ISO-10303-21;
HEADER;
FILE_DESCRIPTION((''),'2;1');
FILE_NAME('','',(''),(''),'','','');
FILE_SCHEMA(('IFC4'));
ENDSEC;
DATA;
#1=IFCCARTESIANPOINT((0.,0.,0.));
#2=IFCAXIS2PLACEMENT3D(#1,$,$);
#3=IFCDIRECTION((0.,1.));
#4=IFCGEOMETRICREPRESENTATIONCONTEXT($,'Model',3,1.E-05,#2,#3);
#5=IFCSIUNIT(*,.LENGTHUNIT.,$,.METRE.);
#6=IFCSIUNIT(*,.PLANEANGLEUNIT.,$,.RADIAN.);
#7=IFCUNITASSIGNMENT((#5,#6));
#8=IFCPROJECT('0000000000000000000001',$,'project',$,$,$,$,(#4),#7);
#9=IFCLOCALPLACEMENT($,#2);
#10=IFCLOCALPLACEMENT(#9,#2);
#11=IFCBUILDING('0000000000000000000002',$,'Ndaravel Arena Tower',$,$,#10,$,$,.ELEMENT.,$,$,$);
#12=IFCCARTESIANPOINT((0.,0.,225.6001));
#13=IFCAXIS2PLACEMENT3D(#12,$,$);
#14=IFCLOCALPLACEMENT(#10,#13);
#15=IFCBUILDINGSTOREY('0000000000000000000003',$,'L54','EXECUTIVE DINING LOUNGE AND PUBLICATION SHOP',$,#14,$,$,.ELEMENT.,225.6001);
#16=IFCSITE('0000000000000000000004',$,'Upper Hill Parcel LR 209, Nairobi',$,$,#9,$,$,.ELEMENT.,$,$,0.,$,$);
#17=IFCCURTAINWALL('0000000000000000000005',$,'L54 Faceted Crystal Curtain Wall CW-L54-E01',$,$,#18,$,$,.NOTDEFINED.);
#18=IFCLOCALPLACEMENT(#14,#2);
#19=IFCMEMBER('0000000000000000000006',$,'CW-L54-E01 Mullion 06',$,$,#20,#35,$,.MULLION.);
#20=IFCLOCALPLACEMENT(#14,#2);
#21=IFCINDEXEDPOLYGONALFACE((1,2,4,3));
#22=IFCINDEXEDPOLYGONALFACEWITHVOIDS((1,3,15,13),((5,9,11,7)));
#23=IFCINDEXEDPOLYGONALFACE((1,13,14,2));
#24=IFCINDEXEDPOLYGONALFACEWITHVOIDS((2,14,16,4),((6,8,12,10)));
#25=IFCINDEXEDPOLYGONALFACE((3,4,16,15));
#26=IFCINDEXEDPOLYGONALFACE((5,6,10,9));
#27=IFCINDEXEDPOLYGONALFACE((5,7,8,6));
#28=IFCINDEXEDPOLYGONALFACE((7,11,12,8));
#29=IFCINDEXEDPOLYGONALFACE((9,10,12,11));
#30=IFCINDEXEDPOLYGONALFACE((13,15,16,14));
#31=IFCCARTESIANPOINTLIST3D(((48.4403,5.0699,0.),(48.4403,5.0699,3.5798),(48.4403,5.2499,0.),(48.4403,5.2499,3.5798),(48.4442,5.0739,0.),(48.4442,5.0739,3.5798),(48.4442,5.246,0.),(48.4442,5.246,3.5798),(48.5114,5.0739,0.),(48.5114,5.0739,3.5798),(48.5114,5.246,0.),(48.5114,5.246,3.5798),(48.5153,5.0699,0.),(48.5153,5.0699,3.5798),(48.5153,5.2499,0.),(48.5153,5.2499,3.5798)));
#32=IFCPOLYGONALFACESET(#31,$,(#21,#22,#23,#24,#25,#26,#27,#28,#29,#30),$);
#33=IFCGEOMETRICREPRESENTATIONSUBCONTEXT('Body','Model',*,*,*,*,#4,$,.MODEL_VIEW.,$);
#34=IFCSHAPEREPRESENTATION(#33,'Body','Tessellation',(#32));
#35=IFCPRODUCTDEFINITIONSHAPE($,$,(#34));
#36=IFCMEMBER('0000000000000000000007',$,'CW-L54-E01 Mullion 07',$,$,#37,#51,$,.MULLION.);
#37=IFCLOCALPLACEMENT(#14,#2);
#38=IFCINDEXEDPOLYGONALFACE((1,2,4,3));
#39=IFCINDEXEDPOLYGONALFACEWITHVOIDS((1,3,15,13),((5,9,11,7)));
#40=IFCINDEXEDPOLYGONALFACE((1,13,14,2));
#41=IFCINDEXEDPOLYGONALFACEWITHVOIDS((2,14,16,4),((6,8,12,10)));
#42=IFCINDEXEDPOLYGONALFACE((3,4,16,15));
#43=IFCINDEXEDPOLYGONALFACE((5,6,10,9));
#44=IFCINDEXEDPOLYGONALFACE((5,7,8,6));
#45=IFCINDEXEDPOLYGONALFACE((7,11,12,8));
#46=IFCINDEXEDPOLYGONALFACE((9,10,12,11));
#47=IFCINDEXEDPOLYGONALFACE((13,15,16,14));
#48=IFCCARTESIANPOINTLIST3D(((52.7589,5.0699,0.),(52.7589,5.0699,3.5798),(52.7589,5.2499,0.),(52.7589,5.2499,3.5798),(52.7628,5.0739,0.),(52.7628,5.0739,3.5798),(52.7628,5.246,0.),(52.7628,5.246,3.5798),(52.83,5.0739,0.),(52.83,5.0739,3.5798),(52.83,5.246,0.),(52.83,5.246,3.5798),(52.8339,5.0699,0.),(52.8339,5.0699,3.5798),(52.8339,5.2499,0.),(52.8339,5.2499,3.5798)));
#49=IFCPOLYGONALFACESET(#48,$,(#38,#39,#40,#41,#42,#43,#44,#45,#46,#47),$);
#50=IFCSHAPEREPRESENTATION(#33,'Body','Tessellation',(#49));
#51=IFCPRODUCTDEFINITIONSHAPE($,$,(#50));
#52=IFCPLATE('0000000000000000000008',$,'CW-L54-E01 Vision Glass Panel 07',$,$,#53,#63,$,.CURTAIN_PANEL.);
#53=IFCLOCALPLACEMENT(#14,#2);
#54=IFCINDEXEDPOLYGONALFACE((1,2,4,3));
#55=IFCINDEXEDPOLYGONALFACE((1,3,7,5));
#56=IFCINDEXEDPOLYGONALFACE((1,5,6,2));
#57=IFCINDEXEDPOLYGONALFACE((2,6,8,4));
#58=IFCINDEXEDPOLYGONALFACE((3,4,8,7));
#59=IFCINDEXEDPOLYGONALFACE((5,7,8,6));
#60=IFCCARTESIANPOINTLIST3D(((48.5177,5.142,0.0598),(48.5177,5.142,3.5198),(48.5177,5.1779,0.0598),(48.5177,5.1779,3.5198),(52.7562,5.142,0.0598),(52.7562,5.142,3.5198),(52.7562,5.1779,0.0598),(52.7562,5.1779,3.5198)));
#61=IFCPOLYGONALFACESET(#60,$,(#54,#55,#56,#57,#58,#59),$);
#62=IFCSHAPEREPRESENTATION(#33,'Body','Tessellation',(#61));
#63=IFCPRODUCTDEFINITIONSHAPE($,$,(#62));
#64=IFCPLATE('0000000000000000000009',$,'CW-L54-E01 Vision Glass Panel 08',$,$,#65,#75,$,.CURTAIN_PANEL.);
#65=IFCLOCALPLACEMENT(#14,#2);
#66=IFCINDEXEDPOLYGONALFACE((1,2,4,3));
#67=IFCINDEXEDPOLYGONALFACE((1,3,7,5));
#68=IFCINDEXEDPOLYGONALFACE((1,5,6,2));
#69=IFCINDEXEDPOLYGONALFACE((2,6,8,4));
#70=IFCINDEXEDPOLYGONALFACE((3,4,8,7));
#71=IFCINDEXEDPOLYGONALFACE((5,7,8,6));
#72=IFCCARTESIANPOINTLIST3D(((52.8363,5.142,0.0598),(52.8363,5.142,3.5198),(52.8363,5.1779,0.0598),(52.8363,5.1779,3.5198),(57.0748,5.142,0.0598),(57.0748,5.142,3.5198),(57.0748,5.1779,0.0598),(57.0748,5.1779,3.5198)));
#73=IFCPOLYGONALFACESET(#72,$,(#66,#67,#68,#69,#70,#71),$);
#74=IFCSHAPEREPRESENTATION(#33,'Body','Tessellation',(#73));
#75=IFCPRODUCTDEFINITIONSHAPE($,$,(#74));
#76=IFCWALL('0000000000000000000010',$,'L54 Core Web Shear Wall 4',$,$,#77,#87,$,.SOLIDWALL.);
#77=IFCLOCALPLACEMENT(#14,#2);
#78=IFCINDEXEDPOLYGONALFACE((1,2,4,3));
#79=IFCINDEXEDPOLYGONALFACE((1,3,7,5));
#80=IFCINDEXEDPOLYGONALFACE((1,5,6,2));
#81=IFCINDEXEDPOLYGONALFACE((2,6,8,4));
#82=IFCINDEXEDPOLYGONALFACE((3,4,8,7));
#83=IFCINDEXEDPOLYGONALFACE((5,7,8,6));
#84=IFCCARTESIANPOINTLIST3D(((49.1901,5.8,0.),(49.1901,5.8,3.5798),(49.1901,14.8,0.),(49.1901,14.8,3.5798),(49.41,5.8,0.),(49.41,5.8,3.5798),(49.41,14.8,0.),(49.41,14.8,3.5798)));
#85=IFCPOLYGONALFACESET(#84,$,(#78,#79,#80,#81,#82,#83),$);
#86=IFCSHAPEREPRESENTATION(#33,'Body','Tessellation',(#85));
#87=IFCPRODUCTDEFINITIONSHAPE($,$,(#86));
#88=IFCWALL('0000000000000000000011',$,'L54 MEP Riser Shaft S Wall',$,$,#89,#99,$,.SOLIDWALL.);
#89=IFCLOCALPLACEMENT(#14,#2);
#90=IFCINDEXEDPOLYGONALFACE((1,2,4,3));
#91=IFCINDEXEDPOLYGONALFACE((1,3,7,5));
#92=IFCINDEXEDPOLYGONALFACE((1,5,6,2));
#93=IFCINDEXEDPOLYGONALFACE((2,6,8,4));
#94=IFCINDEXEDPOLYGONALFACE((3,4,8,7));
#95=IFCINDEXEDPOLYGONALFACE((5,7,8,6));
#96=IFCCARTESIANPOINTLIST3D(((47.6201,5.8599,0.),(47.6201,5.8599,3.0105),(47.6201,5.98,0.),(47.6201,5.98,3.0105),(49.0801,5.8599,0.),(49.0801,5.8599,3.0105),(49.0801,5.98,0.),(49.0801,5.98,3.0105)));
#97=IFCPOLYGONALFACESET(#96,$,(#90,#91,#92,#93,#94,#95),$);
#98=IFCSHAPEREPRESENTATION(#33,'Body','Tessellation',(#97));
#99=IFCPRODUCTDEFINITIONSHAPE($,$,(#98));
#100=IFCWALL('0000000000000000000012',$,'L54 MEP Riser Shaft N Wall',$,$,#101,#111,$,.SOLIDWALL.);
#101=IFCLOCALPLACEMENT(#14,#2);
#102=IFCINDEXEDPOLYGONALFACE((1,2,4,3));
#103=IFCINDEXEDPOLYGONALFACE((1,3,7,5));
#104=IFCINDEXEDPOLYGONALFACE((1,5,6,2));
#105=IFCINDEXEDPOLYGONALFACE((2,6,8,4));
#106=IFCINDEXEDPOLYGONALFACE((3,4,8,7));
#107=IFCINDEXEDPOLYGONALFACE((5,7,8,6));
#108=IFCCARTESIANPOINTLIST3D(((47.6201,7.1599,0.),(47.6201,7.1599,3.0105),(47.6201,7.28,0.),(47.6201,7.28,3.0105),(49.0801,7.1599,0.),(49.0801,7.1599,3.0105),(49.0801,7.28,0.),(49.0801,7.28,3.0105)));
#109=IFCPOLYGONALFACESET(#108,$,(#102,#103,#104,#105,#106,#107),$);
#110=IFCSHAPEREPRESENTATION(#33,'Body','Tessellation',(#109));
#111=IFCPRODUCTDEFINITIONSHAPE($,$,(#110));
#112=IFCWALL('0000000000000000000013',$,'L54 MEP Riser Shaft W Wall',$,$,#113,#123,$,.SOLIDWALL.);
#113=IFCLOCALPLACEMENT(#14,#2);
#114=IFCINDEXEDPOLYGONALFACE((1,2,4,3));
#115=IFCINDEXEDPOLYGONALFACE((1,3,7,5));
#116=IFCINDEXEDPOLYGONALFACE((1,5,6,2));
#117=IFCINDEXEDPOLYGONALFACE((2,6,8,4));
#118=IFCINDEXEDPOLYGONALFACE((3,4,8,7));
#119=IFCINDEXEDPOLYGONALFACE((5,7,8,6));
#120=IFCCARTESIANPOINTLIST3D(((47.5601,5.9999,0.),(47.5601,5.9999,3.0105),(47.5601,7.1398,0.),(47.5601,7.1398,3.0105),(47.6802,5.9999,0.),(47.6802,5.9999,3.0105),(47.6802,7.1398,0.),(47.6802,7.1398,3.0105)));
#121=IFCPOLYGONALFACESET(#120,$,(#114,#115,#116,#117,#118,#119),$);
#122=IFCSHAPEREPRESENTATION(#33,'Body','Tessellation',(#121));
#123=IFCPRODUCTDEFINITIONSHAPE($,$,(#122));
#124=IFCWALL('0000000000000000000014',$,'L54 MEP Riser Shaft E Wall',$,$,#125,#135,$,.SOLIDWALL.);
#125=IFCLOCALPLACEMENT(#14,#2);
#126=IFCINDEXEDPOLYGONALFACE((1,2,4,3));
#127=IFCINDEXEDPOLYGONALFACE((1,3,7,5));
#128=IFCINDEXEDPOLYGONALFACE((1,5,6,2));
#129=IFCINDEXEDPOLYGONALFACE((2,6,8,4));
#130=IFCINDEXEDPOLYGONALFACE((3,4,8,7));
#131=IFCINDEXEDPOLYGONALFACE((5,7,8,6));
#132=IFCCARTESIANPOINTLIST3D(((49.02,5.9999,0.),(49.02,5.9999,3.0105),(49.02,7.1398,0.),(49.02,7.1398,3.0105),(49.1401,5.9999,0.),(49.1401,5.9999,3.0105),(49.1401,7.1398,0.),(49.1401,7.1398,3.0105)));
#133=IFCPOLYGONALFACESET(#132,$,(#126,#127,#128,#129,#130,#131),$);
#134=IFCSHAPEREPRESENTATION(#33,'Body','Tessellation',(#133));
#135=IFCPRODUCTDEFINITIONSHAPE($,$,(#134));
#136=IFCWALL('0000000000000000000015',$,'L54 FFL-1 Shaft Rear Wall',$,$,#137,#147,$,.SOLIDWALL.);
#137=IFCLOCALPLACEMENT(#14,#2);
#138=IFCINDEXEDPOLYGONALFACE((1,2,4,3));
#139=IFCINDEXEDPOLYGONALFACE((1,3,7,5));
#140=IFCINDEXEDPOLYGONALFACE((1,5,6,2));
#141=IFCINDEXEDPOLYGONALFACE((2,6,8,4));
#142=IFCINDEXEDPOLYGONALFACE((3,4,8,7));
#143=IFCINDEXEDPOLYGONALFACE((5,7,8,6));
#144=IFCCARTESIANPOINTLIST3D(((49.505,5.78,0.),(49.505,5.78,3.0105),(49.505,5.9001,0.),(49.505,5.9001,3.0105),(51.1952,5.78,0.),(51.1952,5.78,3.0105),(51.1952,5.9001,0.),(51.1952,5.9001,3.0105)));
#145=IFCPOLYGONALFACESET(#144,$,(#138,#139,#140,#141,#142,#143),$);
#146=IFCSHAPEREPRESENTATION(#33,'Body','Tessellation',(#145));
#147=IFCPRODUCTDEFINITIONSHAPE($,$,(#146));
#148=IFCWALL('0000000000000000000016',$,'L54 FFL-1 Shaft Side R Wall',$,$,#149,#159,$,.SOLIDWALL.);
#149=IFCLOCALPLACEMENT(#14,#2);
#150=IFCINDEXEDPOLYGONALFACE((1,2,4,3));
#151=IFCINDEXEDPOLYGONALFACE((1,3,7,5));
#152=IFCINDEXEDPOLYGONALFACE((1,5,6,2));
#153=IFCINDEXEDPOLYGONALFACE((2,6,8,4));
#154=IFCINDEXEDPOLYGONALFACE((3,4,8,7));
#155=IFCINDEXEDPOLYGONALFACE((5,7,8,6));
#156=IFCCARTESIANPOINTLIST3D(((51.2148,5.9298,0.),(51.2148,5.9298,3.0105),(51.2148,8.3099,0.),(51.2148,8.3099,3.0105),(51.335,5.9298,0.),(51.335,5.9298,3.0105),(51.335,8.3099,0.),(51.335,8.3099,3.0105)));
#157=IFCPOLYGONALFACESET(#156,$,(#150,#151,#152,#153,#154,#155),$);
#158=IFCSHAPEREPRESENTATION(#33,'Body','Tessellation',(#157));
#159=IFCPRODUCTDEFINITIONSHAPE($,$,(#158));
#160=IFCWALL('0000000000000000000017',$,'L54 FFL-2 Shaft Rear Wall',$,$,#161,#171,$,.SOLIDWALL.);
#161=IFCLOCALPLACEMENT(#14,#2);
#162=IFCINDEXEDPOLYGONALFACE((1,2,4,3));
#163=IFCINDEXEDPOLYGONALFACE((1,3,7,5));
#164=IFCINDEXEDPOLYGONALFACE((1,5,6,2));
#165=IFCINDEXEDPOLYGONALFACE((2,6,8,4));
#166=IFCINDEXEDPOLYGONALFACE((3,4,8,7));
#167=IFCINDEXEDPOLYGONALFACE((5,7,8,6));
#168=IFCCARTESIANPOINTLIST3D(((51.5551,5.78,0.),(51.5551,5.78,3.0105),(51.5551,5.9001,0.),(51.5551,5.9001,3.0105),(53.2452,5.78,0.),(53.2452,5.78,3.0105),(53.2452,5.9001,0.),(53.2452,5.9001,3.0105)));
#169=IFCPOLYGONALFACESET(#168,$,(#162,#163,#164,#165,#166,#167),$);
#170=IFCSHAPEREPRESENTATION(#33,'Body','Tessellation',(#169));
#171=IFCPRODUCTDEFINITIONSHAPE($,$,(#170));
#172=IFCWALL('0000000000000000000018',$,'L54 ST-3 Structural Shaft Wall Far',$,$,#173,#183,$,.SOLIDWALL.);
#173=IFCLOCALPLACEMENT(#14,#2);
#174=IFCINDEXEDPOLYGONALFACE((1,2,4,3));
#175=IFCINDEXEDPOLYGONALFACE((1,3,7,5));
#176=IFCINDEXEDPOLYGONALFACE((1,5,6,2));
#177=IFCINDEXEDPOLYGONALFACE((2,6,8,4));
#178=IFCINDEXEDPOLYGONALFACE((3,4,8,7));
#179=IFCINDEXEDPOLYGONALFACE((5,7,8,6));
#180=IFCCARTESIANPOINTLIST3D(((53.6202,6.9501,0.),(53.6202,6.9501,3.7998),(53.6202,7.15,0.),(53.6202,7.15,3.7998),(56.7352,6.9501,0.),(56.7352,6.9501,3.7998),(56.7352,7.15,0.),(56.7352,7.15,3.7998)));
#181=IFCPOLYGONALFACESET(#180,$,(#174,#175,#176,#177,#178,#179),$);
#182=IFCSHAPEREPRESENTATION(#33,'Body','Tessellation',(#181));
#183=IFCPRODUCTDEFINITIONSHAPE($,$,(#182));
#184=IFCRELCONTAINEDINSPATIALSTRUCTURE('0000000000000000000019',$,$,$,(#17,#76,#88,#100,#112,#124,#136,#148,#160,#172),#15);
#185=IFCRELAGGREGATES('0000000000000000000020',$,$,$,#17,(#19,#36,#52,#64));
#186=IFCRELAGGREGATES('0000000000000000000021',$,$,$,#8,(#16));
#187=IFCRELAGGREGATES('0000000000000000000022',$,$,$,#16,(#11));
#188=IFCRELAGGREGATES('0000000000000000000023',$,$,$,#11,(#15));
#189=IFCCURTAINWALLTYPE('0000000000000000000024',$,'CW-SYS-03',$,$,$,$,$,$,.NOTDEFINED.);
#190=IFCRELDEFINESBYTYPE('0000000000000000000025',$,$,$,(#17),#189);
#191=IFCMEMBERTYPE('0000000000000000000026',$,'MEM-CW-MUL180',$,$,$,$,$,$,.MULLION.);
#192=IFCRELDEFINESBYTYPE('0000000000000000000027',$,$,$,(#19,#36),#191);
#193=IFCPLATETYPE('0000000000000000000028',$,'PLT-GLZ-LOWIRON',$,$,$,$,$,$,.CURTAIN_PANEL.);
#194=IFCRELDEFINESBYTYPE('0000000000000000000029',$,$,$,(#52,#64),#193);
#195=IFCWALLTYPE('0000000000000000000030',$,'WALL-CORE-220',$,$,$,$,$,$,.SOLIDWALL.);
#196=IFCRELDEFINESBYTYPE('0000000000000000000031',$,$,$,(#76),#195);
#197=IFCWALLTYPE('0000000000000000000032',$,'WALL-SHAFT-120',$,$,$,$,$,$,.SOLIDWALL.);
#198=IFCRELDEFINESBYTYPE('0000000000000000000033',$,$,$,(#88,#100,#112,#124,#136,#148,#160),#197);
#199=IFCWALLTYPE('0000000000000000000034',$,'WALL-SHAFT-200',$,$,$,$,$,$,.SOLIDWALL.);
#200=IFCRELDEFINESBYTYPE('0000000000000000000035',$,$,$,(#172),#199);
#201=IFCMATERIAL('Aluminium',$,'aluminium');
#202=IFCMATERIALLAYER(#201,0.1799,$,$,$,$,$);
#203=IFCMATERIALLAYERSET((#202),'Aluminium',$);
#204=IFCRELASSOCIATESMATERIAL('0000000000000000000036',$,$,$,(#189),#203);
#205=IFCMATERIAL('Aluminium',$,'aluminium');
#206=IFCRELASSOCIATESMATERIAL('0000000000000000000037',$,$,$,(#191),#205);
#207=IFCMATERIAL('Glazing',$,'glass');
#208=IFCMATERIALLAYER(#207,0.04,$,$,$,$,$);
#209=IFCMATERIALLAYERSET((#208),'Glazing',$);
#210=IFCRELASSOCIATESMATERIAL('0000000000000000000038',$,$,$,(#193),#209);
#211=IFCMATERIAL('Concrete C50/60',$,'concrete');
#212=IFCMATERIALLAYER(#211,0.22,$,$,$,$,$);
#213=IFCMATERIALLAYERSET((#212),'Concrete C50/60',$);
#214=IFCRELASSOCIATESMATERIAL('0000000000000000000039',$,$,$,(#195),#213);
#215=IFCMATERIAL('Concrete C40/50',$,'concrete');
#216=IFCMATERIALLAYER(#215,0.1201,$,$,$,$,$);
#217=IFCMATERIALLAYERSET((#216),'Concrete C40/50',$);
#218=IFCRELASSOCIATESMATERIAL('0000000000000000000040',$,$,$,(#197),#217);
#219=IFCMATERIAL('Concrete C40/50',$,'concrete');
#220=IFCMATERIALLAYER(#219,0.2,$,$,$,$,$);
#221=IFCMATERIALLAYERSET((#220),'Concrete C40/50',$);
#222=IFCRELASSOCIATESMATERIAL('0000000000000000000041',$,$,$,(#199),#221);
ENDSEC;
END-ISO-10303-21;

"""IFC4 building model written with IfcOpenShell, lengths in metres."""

from ifc_helpers import new_model, si_unit, direction, frame, frame_2d, origin, origin_2d, place, context, subcontext, project, spatial, rectangle, hollow_rectangle, extrude, material, layer, layer_set, material_profile, profile_set, type_object, element, aggregate, save


model = new_model("IFC4")

# Units and contexts
model_context = context("Model", 3, precision=1e-05, world=origin(), true_north=direction((0.0, 1.0)))
body_context = subcontext(model_context, "Body", "Model", "MODEL_VIEW")
ifc_project = project(units=[si_unit("LENGTHUNIT", "METRE"), si_unit("PLANEANGLEUNIT", "RADIAN")], contexts=[model_context])

# Site, building, storey
site_placement = place(None, origin())
site = spatial("IfcSite", under=ifc_project, at=site_placement, Name="Upper Hill Parcel LR 209, Nairobi", CompositionType="ELEMENT", RefElevation=0.0)
building_placement = place(site_placement, origin())
building = spatial("IfcBuilding", under=site, at=building_placement, Name="Ndaravel Arena Tower", CompositionType="ELEMENT")
storey_placement = place(building_placement, frame((0.0, 0.0, 225.6001)))
storey = spatial("IfcBuildingStorey", under=building, at=storey_placement, Name="L54", Description="EXECUTIVE DINING LOUNGE AND PUBLICATION SHOP", CompositionType="ELEMENT", Elevation=225.6001)

# Curtain wall, members, plates
ifc_material_1 = material(Name="Aluminium", Category="aluminium")
ifc_layer_1 = layer(ifc_material_1, 0.1799)
ifc_layer_set_1 = layer_set([ifc_layer_1], Name="Aluminium")
curtain_wall_type = type_object("IfcCurtainWallType", Name="CW-SYS-03", PredefinedType="NOTDEFINED", material=ifc_layer_set_1)
curtain_wall_placement = place(storey_placement, origin())
curtain_wall = element("IfcCurtainWall", 1, at=curtain_wall_placement, inside=storey, type_object=curtain_wall_type, Name="L54 Faceted Crystal Curtain Wall CW-L54-E01", PredefinedType="NOTDEFINED")
ifc_material_2 = material(Name="Aluminium", Category="aluminium")
ifc_material_profile = material_profile(ifc_material_2, hollow_rectangle(XDim=0.075, YDim=0.1799, WallThickness=0.0039, at=origin_2d()), Name="CW MULLION 75x180x4")
ifc_profile_set = profile_set([ifc_material_profile], Name="Aluminium")
member_type = type_object("IfcMemberType", Name="MEM-CW-MUL180", PredefinedType="MULLION", material=ifc_profile_set)
member_1_placement = place(storey_placement, frame((48.4778, 5.1599, 0.0), z_axis=(0.0, 0.0, 1.0), x_axis=(1.0, 0.0, 0.0)))
member_1 = element("IfcMember", 2, at=member_1_placement, type_object=member_type, Name="CW-L54-E01 Mullion 06", PredefinedType="MULLION", context=body_context, shape_type="SweptSolid", body=[
    extrude(hollow_rectangle(XDim=0.075, YDim=0.1799, WallThickness=0.0039, at=origin_2d()), origin(), (0.0, 0.0, 1.0), 3.5798),
])
member_2_placement = place(storey_placement, frame((52.7964, 5.1599, 0.0), z_axis=(0.0, 0.0, 1.0), x_axis=(1.0, 0.0, 0.0)))
member_2 = element("IfcMember", 3, at=member_2_placement, type_object=member_type, Name="CW-L54-E01 Mullion 07", PredefinedType="MULLION", context=body_context, shape_type="SweptSolid", body=[
    extrude(hollow_rectangle(XDim=0.075, YDim=0.1799, WallThickness=0.0039, at=origin_2d()), origin(), (0.0, 0.0, 1.0), 3.5798),
])
ifc_material_3 = material(Name="Glazing", Category="glass")
ifc_layer_2 = layer(ifc_material_3, 0.04)
ifc_layer_set_2 = layer_set([ifc_layer_2], Name="Glazing")
plate_type = type_object("IfcPlateType", Name="PLT-GLZ-LOWIRON", PredefinedType="CURTAIN_PANEL", material=ifc_layer_set_2)
plate_1_placement = place(storey_placement, frame((50.637, 5.1599, 0.0598), z_axis=(0.0, 0.0, 1.0), x_axis=(1.0, 0.0, 0.0)))
plate_1 = element("IfcPlate", 4, at=plate_1_placement, type_object=plate_type, Name="CW-L54-E01 Vision Glass Panel 07", PredefinedType="CURTAIN_PANEL", context=body_context, shape_type="SweptSolid", body=[
    extrude(rectangle(XDim=4.2385, YDim=0.0359, at=origin_2d()), origin(), (0.0, 0.0, 1.0), 3.46),
])
plate_2_placement = place(storey_placement, frame((54.9556, 5.1599, 0.0598), z_axis=(0.0, 0.0, 1.0), x_axis=(1.0, 0.0, 0.0)))
plate_2 = element("IfcPlate", 5, at=plate_2_placement, type_object=plate_type, Name="CW-L54-E01 Vision Glass Panel 08", PredefinedType="CURTAIN_PANEL", context=body_context, shape_type="SweptSolid", body=[
    extrude(rectangle(XDim=4.2385, YDim=0.0359, at=origin_2d()), origin(), (0.0, 0.0, 1.0), 3.46),
])
aggregate(curtain_wall, [member_1, member_2, plate_1, plate_2])

# Wall
ifc_material_4 = material(Name="Concrete C50/60", Category="concrete")
ifc_layer_3 = layer(ifc_material_4, 0.22)
ifc_layer_set_3 = layer_set([ifc_layer_3], Name="Concrete C50/60")
wall_type_1 = type_object("IfcWallType", Name="WALL-CORE-220", PredefinedType="SOLIDWALL", material=ifc_layer_set_3)
wall_1_placement = place(storey_placement, frame((49.3, 5.8, 0.0), z_axis=(0.0, 0.0, 1.0), x_axis=(0.0, 1.0, 0.0)))
element("IfcWall", 6, at=wall_1_placement, inside=storey, type_object=wall_type_1, Name="L54 Core Web Shear Wall 4", PredefinedType="SOLIDWALL", context=body_context, shape_type="SweptSolid", body=[
    extrude(rectangle(XDim=9.0, YDim=0.22, at=frame_2d((4.5, 0.0))), origin(), (0.0, 0.0, 1.0), 3.5798),
])

# Walls
ifc_material_5 = material(Name="Concrete C40/50", Category="concrete")
ifc_layer_4 = layer(ifc_material_5, 0.1201)
ifc_layer_set_4 = layer_set([ifc_layer_4], Name="Concrete C40/50")
wall_type_2 = type_object("IfcWallType", Name="WALL-SHAFT-120", PredefinedType="SOLIDWALL", material=ifc_layer_set_4)
for number, where, z_axis, x_axis, name in (
    (7, (47.6201, 5.9199, 0.0), (0.0, 0.0, 1.0), (1.0, 0.0, 0.0), "L54 MEP Riser Shaft S Wall"),
    (8, (47.6201, 7.22, 0.0), (0.0, 0.0, 1.0), (1.0, 0.0, 0.0), "L54 MEP Riser Shaft N Wall"),
):
    element("IfcWall", number, at=place(storey_placement, frame(where, z_axis=z_axis, x_axis=x_axis)), inside=storey, type_object=wall_type_2, Name=name, PredefinedType="SOLIDWALL", context=body_context, shape_type="SweptSolid", body=[
        extrude(rectangle(XDim=1.46, YDim=0.1201, at=frame_2d((0.73, 0.0))), origin(), (0.0, 0.0, 1.0), 3.0105),
    ])
for number, where, z_axis, x_axis, name in (
    (9, (47.6201, 6.0, 0.0), (0.0, 0.0, 1.0), (0.0, 1.0, 0.0), "L54 MEP Riser Shaft W Wall"),
    (10, (49.0801, 6.0, 0.0), (0.0, 0.0, 1.0), (0.0, 1.0, 0.0), "L54 MEP Riser Shaft E Wall"),
):
    element("IfcWall", number, at=place(storey_placement, frame(where, z_axis=z_axis, x_axis=x_axis)), inside=storey, type_object=wall_type_2, Name=name, PredefinedType="SOLIDWALL", context=body_context, shape_type="SweptSolid", body=[
        extrude(rectangle(XDim=1.1399, YDim=0.1201, at=frame_2d((0.5698, 0.0))), origin(), (0.0, 0.0, 1.0), 3.0105),
    ])
wall_2_placement = place(storey_placement, frame((49.5049, 5.8401, 0.0), z_axis=(0.0, 0.0, 1.0), x_axis=(1.0, 0.0, 0.0)))
element("IfcWall", 11, at=wall_2_placement, inside=storey, type_object=wall_type_2, Name="L54 FFL-1 Shaft Rear Wall", PredefinedType="SOLIDWALL", context=body_context, shape_type="SweptSolid", body=[
    extrude(rectangle(XDim=1.6902, YDim=0.1201, at=frame_2d((0.8452, 0.0))), origin(), (0.0, 0.0, 1.0), 3.0105),
])
wall_3_placement = place(storey_placement, frame((51.2749, 5.9299, 0.0), z_axis=(0.0, 0.0, 1.0), x_axis=(0.0, 1.0, 0.0)))
element("IfcWall", 12, at=wall_3_placement, inside=storey, type_object=wall_type_2, Name="L54 FFL-1 Shaft Side R Wall", PredefinedType="SOLIDWALL", context=body_context, shape_type="SweptSolid", body=[
    extrude(rectangle(XDim=2.3801, YDim=0.1201, at=frame_2d((1.1899, 0.0))), origin(), (0.0, 0.0, 1.0), 3.0105),
])
wall_4_placement = place(storey_placement, frame((51.5549, 5.8401, 0.0), z_axis=(0.0, 0.0, 1.0), x_axis=(1.0, 0.0, 0.0)))
element("IfcWall", 13, at=wall_4_placement, inside=storey, type_object=wall_type_2, Name="L54 FFL-2 Shaft Rear Wall", PredefinedType="SOLIDWALL", context=body_context, shape_type="SweptSolid", body=[
    extrude(rectangle(XDim=1.6902, YDim=0.1201, at=frame_2d((0.8452, 0.0))), origin(), (0.0, 0.0, 1.0), 3.0105),
])
ifc_material_6 = material(Name="Concrete C40/50", Category="concrete")
ifc_layer_5 = layer(ifc_material_6, 0.2)
ifc_layer_set_5 = layer_set([ifc_layer_5], Name="Concrete C40/50")
wall_type_3 = type_object("IfcWallType", Name="WALL-SHAFT-200", PredefinedType="SOLIDWALL", material=ifc_layer_set_5)
wall_5_placement = place(storey_placement, frame((53.6201, 7.05, 0.0), z_axis=(0.0, 0.0, 1.0), x_axis=(1.0, 0.0, 0.0)))
element("IfcWall", 14, at=wall_5_placement, inside=storey, type_object=wall_type_3, Name="L54 ST-3 Structural Shaft Wall Far", PredefinedType="SOLIDWALL", context=body_context, shape_type="SweptSolid", body=[
    extrude(rectangle(XDim=3.115, YDim=0.2, at=frame_2d((1.5576, 0.0))), origin(), (0.0, 0.0, 1.0), 3.7998),
])

save(model, "model.ifc")
